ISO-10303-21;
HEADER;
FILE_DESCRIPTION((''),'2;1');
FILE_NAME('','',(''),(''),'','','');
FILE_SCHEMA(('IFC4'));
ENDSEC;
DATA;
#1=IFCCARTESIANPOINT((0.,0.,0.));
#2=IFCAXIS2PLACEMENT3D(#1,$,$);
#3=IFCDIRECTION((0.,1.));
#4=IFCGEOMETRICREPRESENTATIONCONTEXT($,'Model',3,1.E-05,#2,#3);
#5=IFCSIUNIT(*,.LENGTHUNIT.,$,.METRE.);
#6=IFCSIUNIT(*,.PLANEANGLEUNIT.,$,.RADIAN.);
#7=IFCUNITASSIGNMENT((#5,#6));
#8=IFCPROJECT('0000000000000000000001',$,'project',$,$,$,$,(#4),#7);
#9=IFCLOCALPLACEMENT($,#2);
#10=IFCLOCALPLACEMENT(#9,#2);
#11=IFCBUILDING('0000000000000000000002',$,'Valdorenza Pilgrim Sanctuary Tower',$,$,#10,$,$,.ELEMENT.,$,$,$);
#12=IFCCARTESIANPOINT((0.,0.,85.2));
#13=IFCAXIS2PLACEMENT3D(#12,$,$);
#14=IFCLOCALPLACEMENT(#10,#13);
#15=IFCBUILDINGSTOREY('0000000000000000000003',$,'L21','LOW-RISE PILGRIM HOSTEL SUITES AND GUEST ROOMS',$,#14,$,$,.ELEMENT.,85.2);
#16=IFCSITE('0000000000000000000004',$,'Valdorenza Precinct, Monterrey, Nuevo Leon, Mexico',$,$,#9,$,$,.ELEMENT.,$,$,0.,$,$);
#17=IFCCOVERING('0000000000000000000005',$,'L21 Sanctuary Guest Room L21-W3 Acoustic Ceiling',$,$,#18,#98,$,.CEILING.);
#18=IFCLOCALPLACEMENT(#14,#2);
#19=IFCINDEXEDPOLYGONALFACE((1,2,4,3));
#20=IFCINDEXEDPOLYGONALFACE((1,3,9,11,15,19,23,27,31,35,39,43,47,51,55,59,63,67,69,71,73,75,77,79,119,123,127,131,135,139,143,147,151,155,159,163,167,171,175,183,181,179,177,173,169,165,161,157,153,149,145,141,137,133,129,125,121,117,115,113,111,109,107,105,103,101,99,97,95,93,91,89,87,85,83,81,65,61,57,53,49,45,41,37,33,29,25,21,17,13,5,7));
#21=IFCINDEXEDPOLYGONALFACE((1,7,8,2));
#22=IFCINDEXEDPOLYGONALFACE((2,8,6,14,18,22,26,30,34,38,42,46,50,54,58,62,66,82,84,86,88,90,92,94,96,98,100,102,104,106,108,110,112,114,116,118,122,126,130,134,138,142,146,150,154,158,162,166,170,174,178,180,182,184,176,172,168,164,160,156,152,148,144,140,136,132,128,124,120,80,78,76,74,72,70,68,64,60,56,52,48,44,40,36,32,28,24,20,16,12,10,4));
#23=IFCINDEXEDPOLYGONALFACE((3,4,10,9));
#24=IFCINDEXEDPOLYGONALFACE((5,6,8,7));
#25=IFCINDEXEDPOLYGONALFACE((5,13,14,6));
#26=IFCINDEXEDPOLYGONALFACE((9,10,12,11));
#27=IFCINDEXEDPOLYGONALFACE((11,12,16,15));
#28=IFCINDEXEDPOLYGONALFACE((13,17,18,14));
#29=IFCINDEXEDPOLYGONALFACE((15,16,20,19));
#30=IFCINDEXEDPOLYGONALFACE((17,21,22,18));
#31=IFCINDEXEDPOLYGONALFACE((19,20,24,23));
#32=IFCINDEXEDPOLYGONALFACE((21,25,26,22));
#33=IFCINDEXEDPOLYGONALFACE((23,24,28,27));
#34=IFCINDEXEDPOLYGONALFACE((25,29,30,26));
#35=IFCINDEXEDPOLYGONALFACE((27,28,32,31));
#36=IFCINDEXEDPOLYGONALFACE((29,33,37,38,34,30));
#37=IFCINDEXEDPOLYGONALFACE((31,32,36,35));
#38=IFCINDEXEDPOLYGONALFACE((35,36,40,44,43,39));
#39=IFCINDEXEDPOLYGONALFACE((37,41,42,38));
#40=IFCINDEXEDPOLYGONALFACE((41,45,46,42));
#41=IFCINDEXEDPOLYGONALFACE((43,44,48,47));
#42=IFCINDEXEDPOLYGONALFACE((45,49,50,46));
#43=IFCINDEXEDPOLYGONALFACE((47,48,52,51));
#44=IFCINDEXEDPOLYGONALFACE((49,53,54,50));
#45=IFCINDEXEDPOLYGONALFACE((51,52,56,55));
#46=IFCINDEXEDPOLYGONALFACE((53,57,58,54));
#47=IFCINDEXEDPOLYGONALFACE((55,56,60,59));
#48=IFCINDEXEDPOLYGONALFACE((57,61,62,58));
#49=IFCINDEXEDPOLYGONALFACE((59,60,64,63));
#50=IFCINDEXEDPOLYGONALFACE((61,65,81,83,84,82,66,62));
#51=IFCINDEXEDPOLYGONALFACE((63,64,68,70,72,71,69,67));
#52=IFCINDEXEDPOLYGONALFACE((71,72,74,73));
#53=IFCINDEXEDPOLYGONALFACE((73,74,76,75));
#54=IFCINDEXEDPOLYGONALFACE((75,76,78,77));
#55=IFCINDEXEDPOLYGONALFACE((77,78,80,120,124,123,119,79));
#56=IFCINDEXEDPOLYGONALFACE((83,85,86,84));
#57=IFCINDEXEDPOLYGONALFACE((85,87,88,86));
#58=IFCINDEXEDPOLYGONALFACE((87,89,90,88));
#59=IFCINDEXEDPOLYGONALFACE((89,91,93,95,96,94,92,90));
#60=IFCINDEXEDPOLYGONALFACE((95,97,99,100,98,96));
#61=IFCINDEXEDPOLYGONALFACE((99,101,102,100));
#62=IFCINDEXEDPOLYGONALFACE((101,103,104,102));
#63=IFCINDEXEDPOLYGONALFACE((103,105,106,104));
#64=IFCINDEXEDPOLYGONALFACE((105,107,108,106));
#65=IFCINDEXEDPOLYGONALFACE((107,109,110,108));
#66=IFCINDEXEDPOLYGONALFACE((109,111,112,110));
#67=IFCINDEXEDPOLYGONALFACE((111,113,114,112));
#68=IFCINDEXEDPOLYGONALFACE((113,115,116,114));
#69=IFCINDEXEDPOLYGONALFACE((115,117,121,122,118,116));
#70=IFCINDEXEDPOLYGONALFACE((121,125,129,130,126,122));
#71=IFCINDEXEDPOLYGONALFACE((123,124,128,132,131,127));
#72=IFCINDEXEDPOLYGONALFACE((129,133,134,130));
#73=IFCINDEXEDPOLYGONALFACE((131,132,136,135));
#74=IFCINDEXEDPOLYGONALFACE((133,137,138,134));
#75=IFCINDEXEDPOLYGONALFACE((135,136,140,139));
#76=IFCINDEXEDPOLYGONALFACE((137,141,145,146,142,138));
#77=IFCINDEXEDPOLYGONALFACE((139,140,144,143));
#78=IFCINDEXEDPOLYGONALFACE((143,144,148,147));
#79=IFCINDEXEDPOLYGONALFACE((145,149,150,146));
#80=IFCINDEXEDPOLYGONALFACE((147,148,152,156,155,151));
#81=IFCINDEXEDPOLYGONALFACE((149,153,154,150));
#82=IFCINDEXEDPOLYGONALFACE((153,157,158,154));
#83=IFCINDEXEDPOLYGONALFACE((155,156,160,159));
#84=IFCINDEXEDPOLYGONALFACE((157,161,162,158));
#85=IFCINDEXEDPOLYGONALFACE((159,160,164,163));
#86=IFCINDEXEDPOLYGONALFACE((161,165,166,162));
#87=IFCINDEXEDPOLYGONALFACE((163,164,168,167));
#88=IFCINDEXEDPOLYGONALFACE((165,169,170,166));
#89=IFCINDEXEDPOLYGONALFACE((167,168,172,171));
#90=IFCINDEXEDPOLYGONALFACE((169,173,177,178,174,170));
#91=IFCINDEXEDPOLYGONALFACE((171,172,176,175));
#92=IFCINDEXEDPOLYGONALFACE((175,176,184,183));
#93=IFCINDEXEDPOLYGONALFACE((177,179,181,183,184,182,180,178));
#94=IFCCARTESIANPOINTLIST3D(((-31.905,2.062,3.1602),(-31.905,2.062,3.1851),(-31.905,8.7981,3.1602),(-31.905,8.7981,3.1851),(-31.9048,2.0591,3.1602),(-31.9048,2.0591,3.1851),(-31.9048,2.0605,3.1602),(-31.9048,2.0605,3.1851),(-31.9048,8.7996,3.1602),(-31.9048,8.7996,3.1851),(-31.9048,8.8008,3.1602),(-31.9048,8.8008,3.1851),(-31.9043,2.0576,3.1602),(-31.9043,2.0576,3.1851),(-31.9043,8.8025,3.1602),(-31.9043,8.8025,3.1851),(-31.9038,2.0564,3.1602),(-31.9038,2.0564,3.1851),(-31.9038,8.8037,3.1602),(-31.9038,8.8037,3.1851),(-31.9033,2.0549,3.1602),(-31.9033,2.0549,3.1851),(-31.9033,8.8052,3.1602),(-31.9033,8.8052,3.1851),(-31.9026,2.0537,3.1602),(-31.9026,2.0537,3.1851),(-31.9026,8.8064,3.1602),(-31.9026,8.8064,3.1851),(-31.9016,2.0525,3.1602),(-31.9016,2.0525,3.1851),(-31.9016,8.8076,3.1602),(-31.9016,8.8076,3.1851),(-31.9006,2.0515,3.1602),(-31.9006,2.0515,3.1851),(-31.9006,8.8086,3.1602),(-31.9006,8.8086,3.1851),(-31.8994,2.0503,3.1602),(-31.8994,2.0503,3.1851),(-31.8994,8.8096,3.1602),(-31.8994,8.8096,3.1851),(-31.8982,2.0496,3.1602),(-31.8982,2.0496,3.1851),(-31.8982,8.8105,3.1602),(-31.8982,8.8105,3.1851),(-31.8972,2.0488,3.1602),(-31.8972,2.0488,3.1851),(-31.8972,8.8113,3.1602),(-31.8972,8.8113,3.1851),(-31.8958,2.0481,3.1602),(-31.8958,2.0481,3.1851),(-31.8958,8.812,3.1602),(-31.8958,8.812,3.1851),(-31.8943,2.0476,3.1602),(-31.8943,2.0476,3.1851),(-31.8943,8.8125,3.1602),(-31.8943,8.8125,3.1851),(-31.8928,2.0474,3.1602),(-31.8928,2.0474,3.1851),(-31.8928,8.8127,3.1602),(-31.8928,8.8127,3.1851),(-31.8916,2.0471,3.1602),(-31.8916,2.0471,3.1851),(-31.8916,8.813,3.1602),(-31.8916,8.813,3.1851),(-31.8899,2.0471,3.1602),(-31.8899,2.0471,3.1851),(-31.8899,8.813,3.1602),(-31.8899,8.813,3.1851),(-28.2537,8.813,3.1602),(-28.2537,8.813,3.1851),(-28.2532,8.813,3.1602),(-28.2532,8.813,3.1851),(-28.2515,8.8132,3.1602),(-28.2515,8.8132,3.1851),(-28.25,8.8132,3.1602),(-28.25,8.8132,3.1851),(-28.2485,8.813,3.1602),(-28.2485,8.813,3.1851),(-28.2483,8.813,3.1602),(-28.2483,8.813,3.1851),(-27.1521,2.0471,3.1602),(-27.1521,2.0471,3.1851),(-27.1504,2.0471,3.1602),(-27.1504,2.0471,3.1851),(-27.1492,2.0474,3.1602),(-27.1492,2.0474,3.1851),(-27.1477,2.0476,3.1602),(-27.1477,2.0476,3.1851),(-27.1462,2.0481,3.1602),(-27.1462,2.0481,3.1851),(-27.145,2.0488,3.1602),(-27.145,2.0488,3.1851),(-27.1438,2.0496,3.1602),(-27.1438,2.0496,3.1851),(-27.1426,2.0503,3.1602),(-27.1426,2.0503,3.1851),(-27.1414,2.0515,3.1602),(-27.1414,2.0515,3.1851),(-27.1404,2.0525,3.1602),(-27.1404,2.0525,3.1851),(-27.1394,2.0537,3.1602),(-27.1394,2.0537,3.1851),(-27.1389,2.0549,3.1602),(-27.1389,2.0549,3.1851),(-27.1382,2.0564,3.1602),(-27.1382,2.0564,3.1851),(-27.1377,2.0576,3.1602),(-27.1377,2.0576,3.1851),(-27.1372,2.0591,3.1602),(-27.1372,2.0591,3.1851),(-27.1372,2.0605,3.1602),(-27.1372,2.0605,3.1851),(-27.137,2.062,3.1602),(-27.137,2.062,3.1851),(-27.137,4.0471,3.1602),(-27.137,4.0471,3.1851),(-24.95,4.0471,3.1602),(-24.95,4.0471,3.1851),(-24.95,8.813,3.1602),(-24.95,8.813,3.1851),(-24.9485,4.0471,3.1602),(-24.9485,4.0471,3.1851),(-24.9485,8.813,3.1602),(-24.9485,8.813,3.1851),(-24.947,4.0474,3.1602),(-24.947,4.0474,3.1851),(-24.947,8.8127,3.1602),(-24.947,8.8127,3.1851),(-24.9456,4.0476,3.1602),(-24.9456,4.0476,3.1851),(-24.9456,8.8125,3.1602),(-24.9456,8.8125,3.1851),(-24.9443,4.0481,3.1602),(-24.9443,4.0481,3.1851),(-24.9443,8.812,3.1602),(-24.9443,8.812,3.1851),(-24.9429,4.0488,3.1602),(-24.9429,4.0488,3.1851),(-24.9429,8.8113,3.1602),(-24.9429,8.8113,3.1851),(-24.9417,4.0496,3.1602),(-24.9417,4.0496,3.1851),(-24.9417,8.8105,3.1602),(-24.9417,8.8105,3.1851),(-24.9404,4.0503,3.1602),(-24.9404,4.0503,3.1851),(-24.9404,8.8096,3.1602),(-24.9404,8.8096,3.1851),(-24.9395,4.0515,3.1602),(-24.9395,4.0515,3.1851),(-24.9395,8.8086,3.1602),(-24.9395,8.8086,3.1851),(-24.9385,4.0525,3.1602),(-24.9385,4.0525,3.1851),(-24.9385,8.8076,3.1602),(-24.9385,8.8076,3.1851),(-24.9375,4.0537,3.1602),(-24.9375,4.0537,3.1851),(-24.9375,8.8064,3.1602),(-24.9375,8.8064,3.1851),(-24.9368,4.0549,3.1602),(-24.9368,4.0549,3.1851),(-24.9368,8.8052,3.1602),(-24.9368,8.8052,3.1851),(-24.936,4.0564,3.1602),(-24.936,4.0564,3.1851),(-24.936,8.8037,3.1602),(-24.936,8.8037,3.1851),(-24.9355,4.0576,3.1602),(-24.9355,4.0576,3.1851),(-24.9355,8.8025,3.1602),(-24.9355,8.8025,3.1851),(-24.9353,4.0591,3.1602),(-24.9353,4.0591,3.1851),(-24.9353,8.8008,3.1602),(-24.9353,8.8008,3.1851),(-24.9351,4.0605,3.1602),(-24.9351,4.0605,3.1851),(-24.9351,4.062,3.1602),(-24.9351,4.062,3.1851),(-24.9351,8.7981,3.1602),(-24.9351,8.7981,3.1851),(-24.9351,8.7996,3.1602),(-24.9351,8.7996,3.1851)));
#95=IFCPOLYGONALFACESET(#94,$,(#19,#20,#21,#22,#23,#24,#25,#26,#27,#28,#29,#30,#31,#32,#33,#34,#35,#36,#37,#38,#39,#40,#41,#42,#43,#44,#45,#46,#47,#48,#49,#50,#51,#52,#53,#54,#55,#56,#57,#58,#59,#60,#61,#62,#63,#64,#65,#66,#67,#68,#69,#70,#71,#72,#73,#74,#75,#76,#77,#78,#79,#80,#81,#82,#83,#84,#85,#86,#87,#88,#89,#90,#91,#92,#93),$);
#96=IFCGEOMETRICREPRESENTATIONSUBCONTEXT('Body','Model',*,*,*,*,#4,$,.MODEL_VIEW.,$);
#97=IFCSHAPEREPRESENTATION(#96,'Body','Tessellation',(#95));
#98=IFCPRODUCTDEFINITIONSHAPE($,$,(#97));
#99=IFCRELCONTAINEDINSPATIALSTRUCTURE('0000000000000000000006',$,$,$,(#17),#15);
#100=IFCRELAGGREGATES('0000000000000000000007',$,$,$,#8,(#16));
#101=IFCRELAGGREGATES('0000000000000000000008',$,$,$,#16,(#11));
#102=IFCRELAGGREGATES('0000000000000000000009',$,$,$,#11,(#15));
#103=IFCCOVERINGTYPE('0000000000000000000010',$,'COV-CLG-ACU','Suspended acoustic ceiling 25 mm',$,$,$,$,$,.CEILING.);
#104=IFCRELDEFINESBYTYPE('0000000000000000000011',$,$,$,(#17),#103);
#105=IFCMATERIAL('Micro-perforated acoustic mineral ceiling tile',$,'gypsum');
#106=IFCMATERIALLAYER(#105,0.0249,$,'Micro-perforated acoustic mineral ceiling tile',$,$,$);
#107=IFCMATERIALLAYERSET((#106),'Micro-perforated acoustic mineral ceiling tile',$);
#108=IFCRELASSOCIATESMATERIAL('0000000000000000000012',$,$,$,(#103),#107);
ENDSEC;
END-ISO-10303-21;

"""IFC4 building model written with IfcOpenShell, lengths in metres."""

from ifc_helpers import new_model, si_unit, direction, frame, origin, place, context, subcontext, project, spatial, polyline, outline, extrude, material, layer, layer_set, type_object, element, save


model = new_model("IFC4")

# Units and contexts
model_context = context("Model", 3, precision=1e-05, world=origin(), true_north=direction((0.0, 1.0)))
body_context = subcontext(model_context, "Body", "Model", "MODEL_VIEW")
ifc_project = project(units=[si_unit("LENGTHUNIT", "METRE"), si_unit("PLANEANGLEUNIT", "RADIAN")], contexts=[model_context])

# Site, building, storey
site_placement = place(None, origin())
site = spatial("IfcSite", under=ifc_project, at=site_placement, Name="Valdorenza Precinct, Monterrey, Nuevo Leon, Mexico", CompositionType="ELEMENT", RefElevation=0.0)
building_placement = place(site_placement, origin())
building = spatial("IfcBuilding", under=site, at=building_placement, Name="Valdorenza Pilgrim Sanctuary Tower", CompositionType="ELEMENT")
storey_placement = place(building_placement, frame((0.0, 0.0, 85.2)))
storey = spatial("IfcBuildingStorey", under=building, at=storey_placement, Name="L21", Description="LOW-RISE PILGRIM HOSTEL SUITES AND GUEST ROOMS", CompositionType="ELEMENT", Elevation=85.2)

# Covering
ifc_material_1 = material(Name="Micro-perforated acoustic mineral ceiling tile", Category="gypsum")
ifc_layer_1 = layer(ifc_material_1, 0.0249, Name="Micro-perforated acoustic mineral ceiling tile")
ifc_layer_set_1 = layer_set([ifc_layer_1], Name="Micro-perforated acoustic mineral ceiling tile")
covering_type_1 = type_object("IfcCoveringType", Name="COV-CLG-ACU", Description="Suspended acoustic ceiling 25 mm", PredefinedType="CEILING", material=ifc_layer_set_1)
covering_1_placement = place(storey_placement, frame((0.0, 0.0, 3.1602)))
element("IfcCovering", 1, at=covering_1_placement, inside=storey, type_object=covering_type_1, Name="L21 Sanctuary Guest Room L21-W3 Acoustic Ceiling", PredefinedType="CEILING", context=body_context, shape_type="SweptSolid", body=[
    extrude(outline(polyline([(-28.2537, 8.813), (-28.2532, 8.813), (-28.2515, 8.8132), (-28.25, 8.8132), (-28.2485, 8.813), (-28.2483, 8.813), (-24.95, 8.813), (-24.9485, 8.813), (-24.947, 8.8127), (-24.9456, 8.8125), (-24.9443, 8.812), (-24.9429, 8.8113), (-24.9417, 8.8105), (-24.9404, 8.8096), (-24.9395, 8.8086), (-24.9385, 8.8076), (-24.9375, 8.8064), (-24.9368, 8.8052), (-24.936, 8.8037), (-24.9355, 8.8025), (-24.9353, 8.8008), (-24.9351, 8.7996), (-24.9351, 8.7981), (-24.9351, 4.062), (-24.9351, 4.0605), (-24.9353, 4.0591), (-24.9355, 4.0576), (-24.936, 4.0564), (-24.9368, 4.0549), (-24.9375, 4.0537), (-24.9385, 4.0525), (-24.9395, 4.0515), (-24.9404, 4.0503), (-24.9417, 4.0496), (-24.9429, 4.0488), (-24.9443, 4.0481), (-24.9456, 4.0476), (-24.947, 4.0474), (-24.9485, 4.0471), (-24.95, 4.0471), (-27.137, 4.0471), (-27.137, 2.062), (-27.1372, 2.0605), (-27.1372, 2.0591), (-27.1377, 2.0576), (-27.1382, 2.0564), (-27.1389, 2.0549), (-27.1394, 2.0537), (-27.1404, 2.0525), (-27.1414, 2.0515), (-27.1426, 2.0503), (-27.1438, 2.0496), (-27.145, 2.0488), (-27.1462, 2.0481), (-27.1477, 2.0476), (-27.1492, 2.0474), (-27.1504, 2.0471), (-27.1521, 2.0471), (-31.8899, 2.0471), (-31.8916, 2.0471), (-31.8928, 2.0474), (-31.8943, 2.0476), (-31.8958, 2.0481), (-31.8972, 2.0488), (-31.8982, 2.0496), (-31.8994, 2.0503), (-31.9006, 2.0515), (-31.9016, 2.0525), (-31.9026, 2.0537), (-31.9033, 2.0549), (-31.9038, 2.0564), (-31.9043, 2.0576), (-31.9048, 2.0591), (-31.9048, 2.0605), (-31.905, 2.062), (-31.905, 8.7981), (-31.9048, 8.7996), (-31.9048, 8.8008), (-31.9043, 8.8025), (-31.9038, 8.8037), (-31.9033, 8.8052), (-31.9026, 8.8064), (-31.9016, 8.8076), (-31.9006, 8.8086), (-31.8994, 8.8096), (-31.8982, 8.8105), (-31.8972, 8.8113), (-31.8958, 8.812), (-31.8943, 8.8125), (-31.8928, 8.8127), (-31.8916, 8.813), (-31.8899, 8.813), (-28.2537, 8.813)])), origin(), (0.0, 0.0, 1.0), 0.0249),
])

save(model, "model.ifc")
